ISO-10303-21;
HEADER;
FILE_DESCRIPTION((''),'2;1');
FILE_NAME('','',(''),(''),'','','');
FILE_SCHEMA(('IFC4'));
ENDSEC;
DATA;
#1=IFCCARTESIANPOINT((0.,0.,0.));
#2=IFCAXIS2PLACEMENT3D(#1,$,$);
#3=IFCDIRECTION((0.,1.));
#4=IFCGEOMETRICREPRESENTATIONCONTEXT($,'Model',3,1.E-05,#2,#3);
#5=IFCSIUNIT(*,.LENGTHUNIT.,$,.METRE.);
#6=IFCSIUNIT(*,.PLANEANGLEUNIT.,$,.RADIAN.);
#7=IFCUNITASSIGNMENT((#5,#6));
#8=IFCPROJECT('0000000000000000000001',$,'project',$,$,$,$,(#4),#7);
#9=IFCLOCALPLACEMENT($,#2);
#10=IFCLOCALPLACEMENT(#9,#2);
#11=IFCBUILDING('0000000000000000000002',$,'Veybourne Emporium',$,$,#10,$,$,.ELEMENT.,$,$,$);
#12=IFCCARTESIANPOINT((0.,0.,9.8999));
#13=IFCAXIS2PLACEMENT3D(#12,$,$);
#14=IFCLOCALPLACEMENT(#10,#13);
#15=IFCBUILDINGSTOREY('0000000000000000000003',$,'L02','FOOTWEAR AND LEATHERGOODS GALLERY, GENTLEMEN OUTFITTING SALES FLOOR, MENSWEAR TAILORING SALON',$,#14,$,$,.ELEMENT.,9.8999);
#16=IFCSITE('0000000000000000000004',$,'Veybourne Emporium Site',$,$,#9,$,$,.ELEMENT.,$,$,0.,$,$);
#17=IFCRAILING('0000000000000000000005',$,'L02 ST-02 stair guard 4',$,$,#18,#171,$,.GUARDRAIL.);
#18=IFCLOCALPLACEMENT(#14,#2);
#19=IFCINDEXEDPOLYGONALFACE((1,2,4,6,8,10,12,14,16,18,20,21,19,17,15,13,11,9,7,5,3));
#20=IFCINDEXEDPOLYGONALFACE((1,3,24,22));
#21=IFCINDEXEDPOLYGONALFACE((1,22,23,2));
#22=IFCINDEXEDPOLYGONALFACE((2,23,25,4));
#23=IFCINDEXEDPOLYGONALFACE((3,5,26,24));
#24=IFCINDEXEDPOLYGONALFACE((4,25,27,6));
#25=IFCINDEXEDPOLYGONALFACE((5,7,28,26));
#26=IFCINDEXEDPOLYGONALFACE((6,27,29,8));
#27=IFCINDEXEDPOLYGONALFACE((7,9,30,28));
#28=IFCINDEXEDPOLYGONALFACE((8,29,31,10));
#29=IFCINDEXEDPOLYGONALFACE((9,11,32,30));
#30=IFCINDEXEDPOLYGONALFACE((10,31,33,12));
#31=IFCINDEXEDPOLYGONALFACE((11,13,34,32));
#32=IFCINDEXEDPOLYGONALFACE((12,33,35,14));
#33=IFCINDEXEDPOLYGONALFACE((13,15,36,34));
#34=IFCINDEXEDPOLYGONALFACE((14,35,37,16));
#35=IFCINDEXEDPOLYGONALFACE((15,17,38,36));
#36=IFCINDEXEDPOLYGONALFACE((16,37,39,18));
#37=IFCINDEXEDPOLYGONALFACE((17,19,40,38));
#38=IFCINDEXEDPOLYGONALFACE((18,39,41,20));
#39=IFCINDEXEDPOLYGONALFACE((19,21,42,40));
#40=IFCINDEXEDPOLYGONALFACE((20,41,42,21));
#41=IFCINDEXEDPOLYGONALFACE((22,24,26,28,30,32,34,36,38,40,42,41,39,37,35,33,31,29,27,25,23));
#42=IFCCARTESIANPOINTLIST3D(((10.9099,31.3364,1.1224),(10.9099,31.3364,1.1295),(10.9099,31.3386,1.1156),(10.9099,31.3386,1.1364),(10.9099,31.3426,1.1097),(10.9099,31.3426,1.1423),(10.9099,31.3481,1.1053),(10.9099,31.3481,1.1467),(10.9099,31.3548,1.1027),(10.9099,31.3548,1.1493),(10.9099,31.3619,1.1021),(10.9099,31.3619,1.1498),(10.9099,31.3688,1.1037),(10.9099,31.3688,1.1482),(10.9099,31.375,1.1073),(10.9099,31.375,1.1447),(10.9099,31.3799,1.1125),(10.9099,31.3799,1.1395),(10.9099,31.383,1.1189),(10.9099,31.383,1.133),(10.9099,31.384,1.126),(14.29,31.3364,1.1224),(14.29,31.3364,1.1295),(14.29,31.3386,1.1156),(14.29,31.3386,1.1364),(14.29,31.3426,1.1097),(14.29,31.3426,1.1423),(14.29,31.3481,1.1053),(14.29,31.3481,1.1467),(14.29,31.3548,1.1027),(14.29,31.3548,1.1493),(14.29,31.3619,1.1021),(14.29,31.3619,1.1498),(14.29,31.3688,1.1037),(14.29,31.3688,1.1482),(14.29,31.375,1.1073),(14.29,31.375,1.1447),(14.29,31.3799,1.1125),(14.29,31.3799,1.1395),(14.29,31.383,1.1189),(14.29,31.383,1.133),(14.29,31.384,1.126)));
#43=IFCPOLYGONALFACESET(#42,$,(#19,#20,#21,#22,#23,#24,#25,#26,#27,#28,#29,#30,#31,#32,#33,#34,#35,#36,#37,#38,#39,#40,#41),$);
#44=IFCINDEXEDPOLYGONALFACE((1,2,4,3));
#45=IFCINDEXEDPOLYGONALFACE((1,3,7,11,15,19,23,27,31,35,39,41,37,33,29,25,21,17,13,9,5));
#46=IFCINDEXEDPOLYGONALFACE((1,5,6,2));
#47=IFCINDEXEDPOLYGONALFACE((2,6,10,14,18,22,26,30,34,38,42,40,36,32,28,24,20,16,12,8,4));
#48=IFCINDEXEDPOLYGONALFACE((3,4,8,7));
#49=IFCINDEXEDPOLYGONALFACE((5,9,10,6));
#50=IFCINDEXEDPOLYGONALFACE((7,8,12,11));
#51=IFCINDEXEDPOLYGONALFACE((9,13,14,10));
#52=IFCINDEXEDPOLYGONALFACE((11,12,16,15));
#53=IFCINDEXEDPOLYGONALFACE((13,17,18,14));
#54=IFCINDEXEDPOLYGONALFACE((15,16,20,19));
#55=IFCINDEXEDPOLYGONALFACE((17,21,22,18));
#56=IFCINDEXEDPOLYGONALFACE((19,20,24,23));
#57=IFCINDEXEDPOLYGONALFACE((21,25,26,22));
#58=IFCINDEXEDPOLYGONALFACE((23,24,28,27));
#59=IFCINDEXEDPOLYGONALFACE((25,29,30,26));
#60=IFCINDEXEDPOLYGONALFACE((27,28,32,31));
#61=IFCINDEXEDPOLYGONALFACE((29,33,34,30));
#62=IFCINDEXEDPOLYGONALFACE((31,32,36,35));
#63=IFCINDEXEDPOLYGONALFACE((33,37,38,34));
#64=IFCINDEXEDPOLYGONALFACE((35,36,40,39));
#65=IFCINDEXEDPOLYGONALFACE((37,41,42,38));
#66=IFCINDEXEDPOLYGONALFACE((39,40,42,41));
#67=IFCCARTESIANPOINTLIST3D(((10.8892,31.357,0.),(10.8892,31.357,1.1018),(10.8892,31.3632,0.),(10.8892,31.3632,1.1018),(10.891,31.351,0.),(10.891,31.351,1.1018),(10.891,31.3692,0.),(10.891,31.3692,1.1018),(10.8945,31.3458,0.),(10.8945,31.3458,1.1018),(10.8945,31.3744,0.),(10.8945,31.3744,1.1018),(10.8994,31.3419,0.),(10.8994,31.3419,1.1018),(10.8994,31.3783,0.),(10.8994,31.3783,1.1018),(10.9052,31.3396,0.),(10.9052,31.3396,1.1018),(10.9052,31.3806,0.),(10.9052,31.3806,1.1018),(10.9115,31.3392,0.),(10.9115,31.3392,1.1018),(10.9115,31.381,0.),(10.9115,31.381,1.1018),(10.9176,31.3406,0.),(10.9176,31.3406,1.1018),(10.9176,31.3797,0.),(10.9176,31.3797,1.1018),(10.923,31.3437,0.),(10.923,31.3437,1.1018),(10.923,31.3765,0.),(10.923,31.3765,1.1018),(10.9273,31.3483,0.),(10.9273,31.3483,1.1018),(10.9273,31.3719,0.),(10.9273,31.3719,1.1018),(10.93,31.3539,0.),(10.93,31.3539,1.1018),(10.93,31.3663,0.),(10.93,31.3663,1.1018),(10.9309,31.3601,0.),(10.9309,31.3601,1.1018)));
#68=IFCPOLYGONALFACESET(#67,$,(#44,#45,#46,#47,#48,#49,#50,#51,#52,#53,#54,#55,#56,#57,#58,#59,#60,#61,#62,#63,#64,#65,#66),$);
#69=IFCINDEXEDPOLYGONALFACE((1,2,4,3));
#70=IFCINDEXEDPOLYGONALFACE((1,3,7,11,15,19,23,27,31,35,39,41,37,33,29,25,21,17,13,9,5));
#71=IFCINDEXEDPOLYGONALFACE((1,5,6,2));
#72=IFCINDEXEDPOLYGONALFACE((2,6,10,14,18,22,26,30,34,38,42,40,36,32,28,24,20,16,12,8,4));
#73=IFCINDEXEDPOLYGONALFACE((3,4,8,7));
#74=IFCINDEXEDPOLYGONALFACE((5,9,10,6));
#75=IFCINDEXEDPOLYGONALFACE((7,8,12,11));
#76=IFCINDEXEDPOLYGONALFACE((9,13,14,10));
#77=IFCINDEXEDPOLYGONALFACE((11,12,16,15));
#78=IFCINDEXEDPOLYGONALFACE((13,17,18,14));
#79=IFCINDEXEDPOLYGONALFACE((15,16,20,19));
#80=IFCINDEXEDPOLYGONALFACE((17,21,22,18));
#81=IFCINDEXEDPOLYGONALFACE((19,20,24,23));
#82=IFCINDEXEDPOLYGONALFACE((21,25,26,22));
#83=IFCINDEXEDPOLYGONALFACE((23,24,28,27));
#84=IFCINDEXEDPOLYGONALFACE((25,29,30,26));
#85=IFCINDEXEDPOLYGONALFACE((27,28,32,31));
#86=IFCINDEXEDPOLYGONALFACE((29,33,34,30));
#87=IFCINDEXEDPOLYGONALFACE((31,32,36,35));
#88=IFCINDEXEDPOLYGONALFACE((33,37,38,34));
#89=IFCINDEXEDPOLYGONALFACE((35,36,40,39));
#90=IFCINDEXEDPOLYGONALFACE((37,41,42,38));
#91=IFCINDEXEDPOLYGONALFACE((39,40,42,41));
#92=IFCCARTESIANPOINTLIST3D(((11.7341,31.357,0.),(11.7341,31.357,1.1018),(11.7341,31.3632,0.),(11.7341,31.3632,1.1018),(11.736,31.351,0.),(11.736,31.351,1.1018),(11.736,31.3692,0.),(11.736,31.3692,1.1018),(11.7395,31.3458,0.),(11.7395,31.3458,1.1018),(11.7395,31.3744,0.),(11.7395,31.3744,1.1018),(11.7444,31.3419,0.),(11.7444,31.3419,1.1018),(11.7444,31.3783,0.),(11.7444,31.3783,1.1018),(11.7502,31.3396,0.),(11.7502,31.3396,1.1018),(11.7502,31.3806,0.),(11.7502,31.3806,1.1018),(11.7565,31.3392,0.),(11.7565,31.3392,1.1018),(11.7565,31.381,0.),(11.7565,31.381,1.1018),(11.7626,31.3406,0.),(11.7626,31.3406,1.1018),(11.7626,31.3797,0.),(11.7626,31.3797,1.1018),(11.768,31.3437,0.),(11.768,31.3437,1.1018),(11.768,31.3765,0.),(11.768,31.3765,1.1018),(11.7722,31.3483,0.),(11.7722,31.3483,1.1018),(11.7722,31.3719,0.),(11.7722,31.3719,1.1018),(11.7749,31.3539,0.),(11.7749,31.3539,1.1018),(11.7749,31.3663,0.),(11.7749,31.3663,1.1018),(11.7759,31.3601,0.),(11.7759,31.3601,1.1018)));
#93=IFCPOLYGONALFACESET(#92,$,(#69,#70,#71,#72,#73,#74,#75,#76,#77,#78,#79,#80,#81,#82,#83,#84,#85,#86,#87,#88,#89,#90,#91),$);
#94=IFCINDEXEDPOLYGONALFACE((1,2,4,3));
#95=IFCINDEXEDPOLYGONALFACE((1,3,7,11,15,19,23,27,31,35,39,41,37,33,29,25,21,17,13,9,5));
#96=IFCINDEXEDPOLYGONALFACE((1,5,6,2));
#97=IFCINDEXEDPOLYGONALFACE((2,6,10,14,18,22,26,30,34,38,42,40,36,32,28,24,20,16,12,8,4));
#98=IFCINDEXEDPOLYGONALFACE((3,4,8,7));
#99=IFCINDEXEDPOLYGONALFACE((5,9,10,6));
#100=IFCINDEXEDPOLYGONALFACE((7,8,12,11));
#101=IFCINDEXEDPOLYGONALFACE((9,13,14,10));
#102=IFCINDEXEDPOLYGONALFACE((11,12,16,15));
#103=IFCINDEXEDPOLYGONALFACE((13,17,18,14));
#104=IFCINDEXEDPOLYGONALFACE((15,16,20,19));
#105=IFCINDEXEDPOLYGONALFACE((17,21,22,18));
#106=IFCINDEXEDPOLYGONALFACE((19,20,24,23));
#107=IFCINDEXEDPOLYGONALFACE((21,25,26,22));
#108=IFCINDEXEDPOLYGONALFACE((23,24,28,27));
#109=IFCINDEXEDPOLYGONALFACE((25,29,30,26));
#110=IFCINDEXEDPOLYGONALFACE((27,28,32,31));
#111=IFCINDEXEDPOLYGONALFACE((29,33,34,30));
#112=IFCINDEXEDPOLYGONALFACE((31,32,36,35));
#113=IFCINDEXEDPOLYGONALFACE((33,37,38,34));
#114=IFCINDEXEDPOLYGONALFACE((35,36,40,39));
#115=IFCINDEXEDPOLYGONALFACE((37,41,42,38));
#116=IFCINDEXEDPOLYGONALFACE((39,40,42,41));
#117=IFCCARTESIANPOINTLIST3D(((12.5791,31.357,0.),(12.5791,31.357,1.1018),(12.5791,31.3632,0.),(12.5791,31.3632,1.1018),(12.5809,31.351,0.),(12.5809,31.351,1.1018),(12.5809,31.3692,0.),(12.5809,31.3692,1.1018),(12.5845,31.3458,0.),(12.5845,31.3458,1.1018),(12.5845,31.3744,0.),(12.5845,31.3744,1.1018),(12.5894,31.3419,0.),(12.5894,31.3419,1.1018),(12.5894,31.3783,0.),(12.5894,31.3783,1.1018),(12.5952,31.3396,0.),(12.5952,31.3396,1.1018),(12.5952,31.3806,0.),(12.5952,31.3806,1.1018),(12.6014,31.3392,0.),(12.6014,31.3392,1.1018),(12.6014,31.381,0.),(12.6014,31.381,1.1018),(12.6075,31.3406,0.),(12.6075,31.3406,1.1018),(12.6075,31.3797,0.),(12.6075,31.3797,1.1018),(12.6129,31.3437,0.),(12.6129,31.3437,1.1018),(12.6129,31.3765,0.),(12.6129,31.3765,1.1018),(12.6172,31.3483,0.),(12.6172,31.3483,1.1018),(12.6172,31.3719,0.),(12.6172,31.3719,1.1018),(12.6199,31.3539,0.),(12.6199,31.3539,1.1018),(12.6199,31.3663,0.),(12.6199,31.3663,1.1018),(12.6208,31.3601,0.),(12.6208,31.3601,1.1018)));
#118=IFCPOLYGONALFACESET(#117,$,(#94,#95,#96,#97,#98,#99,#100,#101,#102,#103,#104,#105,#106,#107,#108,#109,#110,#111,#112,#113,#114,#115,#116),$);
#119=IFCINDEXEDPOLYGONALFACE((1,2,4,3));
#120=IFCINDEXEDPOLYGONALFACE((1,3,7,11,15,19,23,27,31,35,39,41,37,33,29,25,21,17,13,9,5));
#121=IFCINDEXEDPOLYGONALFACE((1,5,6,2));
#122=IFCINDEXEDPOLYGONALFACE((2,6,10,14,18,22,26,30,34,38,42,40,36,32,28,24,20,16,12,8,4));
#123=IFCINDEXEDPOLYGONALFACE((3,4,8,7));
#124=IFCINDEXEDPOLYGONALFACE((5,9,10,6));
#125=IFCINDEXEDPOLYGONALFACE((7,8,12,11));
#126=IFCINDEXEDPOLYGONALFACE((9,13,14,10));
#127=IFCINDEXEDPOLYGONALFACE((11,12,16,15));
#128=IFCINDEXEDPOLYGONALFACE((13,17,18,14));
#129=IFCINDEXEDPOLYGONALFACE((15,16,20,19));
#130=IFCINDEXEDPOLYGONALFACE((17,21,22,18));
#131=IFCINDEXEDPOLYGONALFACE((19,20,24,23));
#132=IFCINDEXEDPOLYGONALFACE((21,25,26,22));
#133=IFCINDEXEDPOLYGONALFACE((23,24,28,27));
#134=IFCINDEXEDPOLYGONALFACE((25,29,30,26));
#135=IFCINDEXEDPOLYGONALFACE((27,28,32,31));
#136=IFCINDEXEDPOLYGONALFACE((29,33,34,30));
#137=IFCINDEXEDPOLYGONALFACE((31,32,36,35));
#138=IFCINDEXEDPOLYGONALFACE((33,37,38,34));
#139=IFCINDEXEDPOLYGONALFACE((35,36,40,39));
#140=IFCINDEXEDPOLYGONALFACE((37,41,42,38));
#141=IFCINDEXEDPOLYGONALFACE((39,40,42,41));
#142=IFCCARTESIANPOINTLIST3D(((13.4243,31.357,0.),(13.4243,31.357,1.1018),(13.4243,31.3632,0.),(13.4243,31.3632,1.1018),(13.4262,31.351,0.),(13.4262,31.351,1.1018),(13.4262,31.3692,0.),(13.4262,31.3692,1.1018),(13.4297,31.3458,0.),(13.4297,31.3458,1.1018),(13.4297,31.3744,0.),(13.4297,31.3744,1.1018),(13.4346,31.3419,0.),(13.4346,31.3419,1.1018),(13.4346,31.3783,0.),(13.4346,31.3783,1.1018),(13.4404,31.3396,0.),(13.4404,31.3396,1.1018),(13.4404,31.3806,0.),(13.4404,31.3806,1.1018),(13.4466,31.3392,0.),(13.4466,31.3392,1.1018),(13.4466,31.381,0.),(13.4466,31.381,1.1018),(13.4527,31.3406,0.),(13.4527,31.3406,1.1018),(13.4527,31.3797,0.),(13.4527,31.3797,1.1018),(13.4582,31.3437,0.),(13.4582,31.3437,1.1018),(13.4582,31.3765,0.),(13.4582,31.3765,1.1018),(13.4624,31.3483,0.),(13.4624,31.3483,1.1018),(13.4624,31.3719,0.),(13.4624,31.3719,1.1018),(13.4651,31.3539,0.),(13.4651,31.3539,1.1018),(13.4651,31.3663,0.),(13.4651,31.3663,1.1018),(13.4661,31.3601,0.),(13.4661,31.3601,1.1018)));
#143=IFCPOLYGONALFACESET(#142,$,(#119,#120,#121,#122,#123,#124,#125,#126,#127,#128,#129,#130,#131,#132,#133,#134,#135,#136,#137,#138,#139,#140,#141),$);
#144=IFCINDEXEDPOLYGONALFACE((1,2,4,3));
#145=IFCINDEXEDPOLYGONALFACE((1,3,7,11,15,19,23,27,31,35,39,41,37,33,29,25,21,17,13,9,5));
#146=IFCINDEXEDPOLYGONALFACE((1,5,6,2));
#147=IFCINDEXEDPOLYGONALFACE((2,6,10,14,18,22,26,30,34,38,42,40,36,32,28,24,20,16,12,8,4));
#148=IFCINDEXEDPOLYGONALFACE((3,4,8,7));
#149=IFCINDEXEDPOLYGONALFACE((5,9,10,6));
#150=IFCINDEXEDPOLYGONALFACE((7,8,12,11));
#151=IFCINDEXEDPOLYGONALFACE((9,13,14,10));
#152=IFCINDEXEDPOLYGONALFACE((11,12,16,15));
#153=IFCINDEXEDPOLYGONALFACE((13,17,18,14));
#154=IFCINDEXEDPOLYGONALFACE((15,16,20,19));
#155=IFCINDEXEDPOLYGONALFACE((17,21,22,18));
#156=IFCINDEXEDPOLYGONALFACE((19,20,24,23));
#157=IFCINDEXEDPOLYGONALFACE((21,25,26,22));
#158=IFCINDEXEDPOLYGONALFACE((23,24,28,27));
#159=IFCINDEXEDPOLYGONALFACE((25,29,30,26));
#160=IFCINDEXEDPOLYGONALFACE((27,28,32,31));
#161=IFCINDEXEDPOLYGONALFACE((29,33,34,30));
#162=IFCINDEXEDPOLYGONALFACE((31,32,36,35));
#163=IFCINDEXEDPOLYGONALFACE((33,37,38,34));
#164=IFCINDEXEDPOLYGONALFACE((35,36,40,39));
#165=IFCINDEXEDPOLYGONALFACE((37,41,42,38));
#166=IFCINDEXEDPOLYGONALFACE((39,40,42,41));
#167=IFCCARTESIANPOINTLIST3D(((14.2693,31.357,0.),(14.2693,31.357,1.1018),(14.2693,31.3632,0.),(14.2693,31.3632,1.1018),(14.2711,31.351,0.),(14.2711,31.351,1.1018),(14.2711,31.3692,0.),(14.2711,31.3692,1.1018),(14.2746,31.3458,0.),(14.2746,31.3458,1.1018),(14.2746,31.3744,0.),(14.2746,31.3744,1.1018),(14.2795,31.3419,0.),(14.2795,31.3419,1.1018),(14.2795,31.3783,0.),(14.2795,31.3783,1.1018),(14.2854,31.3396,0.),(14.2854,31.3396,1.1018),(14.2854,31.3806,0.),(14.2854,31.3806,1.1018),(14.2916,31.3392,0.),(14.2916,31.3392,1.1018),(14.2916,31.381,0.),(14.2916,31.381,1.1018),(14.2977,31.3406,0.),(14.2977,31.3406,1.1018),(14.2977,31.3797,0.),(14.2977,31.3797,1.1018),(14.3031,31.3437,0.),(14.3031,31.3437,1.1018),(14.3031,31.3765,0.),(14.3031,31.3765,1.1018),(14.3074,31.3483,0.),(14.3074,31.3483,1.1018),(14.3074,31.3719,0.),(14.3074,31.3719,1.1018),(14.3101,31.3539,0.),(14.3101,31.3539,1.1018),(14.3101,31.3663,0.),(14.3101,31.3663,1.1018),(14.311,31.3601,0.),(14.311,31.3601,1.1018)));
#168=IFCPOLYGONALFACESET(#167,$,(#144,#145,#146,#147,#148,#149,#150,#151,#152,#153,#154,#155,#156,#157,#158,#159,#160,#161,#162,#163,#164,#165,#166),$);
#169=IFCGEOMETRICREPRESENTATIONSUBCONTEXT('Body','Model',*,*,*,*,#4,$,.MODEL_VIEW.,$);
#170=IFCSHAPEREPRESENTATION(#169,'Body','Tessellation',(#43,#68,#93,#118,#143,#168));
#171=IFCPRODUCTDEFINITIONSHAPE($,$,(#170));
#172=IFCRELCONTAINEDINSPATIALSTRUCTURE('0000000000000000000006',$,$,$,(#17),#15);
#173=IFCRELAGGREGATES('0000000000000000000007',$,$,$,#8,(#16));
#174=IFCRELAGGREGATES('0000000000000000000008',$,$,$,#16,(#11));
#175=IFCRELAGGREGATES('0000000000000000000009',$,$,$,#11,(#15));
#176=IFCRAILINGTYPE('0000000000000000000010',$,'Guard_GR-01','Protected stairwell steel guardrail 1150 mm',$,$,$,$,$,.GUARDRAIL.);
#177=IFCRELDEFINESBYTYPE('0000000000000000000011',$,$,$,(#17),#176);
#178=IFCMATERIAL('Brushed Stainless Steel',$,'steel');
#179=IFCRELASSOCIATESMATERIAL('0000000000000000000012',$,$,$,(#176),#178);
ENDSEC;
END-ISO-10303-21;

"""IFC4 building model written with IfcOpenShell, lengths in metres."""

from ifc_helpers import new_model, si_unit, direction, frame, origin, origin_2d, place, context, subcontext, project, spatial, circle, extrude, material, type_object, element, save


model = new_model("IFC4")

# Units and contexts
model_context = context("Model", 3, precision=1e-05, world=origin(), true_north=direction((0.0, 1.0)))
body_context = subcontext(model_context, "Body", "Model", "MODEL_VIEW")
ifc_project = project(units=[si_unit("LENGTHUNIT", "METRE"), si_unit("PLANEANGLEUNIT", "RADIAN")], contexts=[model_context])

# Site, building, storey
site_placement = place(None, origin())
site = spatial("IfcSite", under=ifc_project, at=site_placement, Name="Veybourne Emporium Site", CompositionType="ELEMENT", RefElevation=0.0)
building_placement = place(site_placement, origin())
building = spatial("IfcBuilding", under=site, at=building_placement, Name="Veybourne Emporium", CompositionType="ELEMENT")
storey_placement = place(building_placement, frame((0.0, 0.0, 9.8999)))
storey = spatial("IfcBuildingStorey", under=building, at=storey_placement, Name="L02", Description="FOOTWEAR AND LEATHERGOODS GALLERY, GENTLEMEN OUTFITTING SALES FLOOR, MENSWEAR TAILORING SALON", CompositionType="ELEMENT", Elevation=9.8999)

# Railing
ifc_material_1 = material(Name="Brushed Stainless Steel", Category="steel")
railing_type_1 = type_object("IfcRailingType", Name="Guard_GR-01", Description="Protected stairwell steel guardrail 1150 mm", PredefinedType="GUARDRAIL", material=ifc_material_1)
railing_1_placement = place(storey_placement, frame((10.9099, 31.3601, 0.0)))
element("IfcRailing", 1, at=railing_1_placement, inside=storey, type_object=railing_type_1, Name="L02 ST-02 stair guard 4", PredefinedType="GUARDRAIL", context=body_context, shape_type="SweptSolid", body=[
    extrude(circle(Radius=0.0239, at=origin_2d()), frame((0.0, 0.0, 1.126), z_axis=(1.0, 0.0, 0.0), x_axis=(0.0, 1.0, 0.0)), (0.0, 0.0, 1.0), 3.3801),
    extrude(circle(Radius=0.021, at=origin_2d()), origin(), (0.0, 0.0, 1.0), 1.1018),
    extrude(circle(Radius=0.021, at=origin_2d()), frame((0.845, 0.0, 0.0)), (0.0, 0.0, 1.0), 1.1018),
    extrude(circle(Radius=0.021, at=origin_2d()), frame((1.6899, 0.0, 0.0)), (0.0, 0.0, 1.0), 1.1018),
    extrude(circle(Radius=0.021, at=origin_2d()), frame((2.5352, 0.0, 0.0)), (0.0, 0.0, 1.0), 1.1018),
    extrude(circle(Radius=0.021, at=origin_2d()), frame((3.3801, 0.0, 0.0)), (0.0, 0.0, 1.0), 1.1018),
])

save(model, "model.ifc")
